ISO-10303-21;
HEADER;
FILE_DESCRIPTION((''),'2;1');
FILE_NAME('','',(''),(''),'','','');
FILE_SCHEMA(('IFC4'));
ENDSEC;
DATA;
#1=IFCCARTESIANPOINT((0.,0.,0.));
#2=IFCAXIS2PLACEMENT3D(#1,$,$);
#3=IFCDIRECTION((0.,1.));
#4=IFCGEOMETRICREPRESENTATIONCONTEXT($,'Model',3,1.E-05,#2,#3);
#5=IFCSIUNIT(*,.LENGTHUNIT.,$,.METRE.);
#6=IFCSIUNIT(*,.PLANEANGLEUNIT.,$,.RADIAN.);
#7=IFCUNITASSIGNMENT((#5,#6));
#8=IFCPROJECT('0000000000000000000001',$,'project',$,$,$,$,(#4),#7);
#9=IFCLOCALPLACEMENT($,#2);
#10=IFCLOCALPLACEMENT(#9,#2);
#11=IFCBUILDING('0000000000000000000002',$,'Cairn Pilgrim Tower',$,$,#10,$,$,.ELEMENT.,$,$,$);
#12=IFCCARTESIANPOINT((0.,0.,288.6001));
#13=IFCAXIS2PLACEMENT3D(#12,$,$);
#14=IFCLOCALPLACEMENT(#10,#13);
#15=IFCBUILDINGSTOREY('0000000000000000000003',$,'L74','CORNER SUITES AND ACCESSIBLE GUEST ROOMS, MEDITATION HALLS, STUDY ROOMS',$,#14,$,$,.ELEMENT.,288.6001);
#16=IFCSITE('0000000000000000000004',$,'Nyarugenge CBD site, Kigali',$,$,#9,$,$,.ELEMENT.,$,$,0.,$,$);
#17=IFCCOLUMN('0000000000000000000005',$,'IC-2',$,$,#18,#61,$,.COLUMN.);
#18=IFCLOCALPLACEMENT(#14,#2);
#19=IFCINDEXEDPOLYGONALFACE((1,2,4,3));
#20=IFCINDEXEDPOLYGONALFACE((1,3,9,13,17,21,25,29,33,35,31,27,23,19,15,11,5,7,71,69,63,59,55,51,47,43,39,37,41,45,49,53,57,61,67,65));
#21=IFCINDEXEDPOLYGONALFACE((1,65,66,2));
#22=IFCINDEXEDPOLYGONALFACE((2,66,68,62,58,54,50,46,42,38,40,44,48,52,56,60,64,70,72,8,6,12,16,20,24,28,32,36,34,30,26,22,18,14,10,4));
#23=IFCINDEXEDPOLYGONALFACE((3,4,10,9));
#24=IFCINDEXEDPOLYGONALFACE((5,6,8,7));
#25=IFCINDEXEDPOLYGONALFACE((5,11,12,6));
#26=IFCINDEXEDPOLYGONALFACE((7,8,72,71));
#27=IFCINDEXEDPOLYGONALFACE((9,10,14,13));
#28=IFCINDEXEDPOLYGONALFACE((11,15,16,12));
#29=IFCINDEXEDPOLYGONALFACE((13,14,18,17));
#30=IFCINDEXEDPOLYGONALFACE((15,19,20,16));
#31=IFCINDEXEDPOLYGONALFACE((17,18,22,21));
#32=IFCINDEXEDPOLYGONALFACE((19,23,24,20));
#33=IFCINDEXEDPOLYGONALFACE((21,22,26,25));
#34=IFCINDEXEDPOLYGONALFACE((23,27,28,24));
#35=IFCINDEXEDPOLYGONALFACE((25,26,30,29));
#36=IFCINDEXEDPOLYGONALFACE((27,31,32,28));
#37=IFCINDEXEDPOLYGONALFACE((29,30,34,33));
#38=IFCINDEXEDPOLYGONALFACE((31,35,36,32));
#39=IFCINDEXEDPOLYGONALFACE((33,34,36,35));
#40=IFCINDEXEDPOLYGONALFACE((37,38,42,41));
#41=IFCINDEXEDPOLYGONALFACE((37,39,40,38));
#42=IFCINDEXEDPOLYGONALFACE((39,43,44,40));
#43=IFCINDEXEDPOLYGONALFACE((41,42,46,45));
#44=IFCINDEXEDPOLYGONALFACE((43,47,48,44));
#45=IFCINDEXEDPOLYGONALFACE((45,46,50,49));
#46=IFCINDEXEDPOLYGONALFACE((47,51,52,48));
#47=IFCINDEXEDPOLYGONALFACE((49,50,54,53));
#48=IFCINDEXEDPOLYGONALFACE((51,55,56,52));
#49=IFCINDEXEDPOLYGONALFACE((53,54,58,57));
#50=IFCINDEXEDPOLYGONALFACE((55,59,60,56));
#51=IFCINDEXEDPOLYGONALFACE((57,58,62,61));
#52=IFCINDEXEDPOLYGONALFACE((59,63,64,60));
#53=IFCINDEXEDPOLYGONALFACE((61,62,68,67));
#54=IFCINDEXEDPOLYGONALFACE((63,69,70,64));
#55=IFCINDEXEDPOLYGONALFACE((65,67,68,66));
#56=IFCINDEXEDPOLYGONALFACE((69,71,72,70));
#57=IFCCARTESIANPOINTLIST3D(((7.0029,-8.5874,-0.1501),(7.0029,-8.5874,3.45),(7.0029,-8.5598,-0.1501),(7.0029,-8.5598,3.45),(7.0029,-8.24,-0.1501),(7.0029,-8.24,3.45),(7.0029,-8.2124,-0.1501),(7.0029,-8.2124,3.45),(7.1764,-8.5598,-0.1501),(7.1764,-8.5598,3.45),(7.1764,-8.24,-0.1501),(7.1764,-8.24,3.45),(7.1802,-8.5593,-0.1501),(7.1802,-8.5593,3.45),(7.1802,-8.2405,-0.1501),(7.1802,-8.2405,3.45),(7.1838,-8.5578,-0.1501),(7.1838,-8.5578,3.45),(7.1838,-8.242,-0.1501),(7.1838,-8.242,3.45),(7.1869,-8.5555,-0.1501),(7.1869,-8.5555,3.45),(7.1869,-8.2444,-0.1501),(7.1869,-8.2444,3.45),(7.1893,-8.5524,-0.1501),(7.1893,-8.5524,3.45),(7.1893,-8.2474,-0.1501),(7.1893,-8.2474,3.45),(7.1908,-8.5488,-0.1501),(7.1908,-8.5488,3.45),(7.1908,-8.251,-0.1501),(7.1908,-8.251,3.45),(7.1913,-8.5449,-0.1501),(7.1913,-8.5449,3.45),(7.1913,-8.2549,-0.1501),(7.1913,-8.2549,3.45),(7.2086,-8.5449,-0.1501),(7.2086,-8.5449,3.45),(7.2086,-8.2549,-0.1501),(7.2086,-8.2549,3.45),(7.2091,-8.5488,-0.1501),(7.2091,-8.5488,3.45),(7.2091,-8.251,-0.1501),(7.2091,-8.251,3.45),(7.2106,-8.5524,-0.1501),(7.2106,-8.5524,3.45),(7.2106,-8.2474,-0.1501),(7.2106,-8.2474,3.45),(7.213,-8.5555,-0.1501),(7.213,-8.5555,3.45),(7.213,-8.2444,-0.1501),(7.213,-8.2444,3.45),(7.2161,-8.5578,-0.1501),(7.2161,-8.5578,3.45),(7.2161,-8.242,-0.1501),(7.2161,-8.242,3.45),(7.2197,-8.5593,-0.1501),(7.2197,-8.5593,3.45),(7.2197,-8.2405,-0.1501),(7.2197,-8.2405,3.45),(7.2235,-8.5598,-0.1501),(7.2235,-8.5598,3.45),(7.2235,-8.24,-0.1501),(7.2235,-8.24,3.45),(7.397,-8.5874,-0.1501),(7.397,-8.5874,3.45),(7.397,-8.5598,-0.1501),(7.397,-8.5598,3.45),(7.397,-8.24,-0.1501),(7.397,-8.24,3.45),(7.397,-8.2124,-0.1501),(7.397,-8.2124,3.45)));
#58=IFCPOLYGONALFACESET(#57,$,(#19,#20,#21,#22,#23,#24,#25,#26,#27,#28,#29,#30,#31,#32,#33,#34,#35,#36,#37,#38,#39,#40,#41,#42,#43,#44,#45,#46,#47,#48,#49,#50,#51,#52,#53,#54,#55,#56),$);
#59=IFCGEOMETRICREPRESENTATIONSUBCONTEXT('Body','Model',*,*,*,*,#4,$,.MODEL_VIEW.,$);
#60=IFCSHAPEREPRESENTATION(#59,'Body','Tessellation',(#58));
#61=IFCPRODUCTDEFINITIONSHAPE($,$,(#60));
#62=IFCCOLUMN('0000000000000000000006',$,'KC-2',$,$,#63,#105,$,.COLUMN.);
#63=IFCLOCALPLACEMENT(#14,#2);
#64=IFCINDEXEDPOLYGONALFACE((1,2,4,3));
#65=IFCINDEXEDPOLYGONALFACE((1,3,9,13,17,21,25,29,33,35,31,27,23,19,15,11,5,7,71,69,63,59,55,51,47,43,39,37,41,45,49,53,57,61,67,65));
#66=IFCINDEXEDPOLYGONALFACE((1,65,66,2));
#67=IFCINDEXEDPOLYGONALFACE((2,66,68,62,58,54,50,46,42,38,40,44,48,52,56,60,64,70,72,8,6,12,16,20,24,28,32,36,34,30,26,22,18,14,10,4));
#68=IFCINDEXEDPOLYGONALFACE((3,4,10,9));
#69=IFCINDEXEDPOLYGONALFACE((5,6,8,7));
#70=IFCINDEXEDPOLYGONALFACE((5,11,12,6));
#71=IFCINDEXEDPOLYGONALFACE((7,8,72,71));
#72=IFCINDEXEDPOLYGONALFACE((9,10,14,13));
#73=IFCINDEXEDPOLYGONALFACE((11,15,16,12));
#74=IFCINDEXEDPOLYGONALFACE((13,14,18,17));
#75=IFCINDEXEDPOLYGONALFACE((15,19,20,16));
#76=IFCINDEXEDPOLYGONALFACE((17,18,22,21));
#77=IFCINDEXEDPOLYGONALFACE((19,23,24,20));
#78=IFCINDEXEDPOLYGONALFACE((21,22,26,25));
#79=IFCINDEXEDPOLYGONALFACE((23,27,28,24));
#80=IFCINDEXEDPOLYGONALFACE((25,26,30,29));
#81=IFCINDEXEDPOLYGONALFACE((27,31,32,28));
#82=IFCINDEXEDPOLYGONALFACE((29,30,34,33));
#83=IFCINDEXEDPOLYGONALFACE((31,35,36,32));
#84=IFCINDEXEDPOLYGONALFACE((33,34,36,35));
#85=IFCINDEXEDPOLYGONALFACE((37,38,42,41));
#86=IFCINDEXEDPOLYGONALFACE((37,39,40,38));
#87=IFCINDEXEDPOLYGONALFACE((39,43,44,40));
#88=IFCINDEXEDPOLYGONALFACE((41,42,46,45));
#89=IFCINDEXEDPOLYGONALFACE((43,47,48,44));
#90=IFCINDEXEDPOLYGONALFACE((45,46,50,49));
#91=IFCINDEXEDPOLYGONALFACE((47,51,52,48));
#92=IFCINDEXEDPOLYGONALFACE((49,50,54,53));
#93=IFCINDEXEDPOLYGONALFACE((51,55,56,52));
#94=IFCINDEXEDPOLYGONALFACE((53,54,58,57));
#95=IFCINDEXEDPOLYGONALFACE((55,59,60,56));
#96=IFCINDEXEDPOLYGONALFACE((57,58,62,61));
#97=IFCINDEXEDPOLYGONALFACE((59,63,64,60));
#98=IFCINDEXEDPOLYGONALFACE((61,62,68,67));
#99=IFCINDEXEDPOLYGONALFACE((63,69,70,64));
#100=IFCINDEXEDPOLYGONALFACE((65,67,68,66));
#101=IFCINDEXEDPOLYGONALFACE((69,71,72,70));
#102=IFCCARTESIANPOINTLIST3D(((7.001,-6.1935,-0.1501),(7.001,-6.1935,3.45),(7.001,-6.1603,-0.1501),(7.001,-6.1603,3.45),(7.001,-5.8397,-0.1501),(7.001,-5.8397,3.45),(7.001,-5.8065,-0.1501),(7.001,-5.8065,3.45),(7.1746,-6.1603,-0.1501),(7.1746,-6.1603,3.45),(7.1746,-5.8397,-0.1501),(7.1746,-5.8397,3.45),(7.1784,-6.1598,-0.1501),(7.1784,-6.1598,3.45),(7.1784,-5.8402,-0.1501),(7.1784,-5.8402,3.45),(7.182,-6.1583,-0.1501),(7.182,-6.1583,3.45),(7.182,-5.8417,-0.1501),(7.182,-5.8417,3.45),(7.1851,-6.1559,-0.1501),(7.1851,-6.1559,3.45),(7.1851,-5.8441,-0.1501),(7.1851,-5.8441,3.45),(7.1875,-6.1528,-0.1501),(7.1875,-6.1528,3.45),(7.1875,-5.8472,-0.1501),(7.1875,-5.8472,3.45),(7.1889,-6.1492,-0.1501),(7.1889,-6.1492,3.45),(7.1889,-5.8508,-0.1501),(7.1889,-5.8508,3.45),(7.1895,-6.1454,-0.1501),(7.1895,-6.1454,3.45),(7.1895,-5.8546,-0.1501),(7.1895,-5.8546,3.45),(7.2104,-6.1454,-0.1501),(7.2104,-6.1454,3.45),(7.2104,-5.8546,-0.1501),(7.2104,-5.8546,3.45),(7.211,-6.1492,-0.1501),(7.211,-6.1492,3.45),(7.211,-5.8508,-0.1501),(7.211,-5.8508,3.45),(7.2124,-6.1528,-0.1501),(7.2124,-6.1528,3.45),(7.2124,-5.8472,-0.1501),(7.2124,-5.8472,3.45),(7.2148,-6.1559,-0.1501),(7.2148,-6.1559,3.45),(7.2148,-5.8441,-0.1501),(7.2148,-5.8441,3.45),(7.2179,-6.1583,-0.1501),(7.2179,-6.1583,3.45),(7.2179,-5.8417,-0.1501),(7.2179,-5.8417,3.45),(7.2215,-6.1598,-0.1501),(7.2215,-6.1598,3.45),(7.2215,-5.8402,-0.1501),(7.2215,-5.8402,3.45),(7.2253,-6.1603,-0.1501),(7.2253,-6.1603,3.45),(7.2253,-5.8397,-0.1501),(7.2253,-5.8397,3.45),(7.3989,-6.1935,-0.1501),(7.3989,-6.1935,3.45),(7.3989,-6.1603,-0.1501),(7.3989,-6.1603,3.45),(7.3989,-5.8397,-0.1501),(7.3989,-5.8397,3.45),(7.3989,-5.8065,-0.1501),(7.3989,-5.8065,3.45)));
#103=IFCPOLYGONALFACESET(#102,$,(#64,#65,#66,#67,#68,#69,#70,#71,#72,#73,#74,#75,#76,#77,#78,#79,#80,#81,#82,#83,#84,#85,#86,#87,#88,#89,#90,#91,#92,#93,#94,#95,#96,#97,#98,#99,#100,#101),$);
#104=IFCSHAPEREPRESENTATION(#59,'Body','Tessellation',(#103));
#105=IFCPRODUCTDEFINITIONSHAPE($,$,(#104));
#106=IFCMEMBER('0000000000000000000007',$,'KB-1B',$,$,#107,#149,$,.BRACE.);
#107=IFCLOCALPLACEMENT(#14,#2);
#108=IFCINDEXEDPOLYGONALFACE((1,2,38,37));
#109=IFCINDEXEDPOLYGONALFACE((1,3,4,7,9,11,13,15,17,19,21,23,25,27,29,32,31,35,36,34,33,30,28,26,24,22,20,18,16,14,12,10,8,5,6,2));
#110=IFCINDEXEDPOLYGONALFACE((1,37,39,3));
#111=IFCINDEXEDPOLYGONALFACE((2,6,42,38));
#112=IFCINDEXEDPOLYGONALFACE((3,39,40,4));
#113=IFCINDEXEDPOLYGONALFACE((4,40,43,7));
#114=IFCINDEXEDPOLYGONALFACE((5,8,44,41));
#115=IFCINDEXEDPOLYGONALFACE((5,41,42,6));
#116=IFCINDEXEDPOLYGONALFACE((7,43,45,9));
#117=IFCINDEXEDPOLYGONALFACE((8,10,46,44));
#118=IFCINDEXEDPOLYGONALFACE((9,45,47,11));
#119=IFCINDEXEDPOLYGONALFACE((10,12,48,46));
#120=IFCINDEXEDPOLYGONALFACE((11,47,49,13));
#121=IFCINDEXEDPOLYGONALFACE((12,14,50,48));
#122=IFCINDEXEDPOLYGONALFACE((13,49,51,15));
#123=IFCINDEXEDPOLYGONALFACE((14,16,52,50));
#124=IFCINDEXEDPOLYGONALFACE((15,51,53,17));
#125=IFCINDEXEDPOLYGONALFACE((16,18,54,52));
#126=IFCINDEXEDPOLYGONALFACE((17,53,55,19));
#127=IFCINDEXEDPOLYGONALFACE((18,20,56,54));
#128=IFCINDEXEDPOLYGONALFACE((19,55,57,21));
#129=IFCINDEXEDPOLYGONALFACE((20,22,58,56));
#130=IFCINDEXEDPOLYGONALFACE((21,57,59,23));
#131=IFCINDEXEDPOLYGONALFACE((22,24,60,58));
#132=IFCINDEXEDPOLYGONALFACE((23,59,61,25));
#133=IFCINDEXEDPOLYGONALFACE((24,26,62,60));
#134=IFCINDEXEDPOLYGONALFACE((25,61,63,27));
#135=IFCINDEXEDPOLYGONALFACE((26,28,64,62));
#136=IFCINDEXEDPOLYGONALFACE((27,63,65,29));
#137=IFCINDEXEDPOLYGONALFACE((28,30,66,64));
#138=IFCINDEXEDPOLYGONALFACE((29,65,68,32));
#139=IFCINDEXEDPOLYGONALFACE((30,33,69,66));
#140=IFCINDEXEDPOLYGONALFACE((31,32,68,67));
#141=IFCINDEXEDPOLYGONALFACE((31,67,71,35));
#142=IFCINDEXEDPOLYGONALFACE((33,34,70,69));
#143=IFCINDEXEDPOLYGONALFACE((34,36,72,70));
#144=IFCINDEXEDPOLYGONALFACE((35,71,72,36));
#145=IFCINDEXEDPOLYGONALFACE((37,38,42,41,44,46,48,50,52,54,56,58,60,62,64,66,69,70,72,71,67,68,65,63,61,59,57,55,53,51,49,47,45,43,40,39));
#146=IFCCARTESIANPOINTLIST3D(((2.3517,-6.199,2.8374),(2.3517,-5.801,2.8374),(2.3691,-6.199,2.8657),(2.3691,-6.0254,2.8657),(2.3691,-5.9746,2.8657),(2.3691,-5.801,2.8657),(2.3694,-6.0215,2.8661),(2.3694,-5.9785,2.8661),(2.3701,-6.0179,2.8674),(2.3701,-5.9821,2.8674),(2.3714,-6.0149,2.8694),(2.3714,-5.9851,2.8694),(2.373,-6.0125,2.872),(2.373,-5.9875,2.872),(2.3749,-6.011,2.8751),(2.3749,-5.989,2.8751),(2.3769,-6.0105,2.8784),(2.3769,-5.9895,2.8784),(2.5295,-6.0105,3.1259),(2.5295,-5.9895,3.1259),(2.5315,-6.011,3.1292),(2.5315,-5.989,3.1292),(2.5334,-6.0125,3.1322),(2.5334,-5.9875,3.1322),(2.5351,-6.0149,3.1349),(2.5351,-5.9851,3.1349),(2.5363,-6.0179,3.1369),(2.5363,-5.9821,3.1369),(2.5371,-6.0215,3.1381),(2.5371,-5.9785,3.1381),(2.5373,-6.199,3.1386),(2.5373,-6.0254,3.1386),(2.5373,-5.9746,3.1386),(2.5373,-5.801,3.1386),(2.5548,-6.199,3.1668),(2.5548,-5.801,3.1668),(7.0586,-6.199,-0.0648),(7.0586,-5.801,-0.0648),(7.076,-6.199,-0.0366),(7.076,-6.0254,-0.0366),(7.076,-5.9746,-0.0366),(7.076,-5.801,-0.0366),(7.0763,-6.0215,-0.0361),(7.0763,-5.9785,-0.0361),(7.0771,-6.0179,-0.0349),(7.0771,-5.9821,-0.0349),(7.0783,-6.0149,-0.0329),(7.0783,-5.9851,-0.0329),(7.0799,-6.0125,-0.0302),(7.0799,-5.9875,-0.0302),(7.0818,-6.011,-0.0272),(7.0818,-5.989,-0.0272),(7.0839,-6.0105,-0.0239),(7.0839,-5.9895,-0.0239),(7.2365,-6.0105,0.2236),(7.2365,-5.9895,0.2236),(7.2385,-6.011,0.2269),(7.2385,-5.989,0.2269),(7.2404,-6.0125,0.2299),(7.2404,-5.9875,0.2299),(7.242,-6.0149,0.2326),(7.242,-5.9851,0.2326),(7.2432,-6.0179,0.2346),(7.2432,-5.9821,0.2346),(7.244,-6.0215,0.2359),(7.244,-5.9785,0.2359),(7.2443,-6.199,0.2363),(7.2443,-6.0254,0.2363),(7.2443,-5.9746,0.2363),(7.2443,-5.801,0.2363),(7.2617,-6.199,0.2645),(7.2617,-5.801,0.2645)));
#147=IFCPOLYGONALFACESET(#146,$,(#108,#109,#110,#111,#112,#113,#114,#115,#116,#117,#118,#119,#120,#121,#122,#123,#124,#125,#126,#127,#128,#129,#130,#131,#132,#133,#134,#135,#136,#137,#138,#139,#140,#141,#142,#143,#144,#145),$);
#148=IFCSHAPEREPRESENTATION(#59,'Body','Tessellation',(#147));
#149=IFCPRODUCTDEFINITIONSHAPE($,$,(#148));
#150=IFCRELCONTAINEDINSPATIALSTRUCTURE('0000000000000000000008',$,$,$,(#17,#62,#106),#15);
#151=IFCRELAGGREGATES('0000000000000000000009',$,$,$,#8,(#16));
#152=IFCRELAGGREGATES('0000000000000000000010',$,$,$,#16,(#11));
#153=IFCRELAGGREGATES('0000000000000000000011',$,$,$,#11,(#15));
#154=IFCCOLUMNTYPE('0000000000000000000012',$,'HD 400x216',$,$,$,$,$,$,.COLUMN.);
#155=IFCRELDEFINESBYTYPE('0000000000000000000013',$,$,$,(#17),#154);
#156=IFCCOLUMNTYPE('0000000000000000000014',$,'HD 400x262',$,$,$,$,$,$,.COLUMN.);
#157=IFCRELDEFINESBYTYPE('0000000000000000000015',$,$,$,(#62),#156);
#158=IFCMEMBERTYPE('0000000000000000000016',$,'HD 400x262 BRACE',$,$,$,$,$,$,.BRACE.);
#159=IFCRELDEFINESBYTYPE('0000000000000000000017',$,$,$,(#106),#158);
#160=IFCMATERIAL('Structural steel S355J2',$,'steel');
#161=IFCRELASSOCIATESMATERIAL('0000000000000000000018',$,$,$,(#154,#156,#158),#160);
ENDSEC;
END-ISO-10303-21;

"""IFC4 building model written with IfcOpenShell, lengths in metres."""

from ifc_helpers import new_model, si_unit, direction, frame, origin, origin_2d, place, context, subcontext, project, spatial, i_section, extrude, material, material_profile, profile_set, type_object, element, save


model = new_model("IFC4")

# Units and contexts
model_context = context("Model", 3, precision=1e-05, world=origin(), true_north=direction((0.0, 1.0)))
body_context = subcontext(model_context, "Body", "Model", "MODEL_VIEW")
ifc_project = project(units=[si_unit("LENGTHUNIT", "METRE"), si_unit("PLANEANGLEUNIT", "RADIAN")], contexts=[model_context])

# Site, building, storey
site_placement = place(None, origin())
site = spatial("IfcSite", under=ifc_project, at=site_placement, Name="Nyarugenge CBD site, Kigali", CompositionType="ELEMENT", RefElevation=0.0)
building_placement = place(site_placement, origin())
building = spatial("IfcBuilding", under=site, at=building_placement, Name="Cairn Pilgrim Tower", CompositionType="ELEMENT")
storey_placement = place(building_placement, frame((0.0, 0.0, 288.6001)))
storey = spatial("IfcBuildingStorey", under=building, at=storey_placement, Name="L74", Description="CORNER SUITES AND ACCESSIBLE GUEST ROOMS, MEDITATION HALLS, STUDY ROOMS", CompositionType="ELEMENT", Elevation=288.6001)

# Columns
ifc_material_1 = material(Name="Structural steel S355J2", Category="steel")
ifc_material_profile_1 = material_profile(ifc_material_1, i_section(OverallWidth=0.394, OverallDepth=0.375, WebThickness=0.0173, FlangeThickness=0.0276, FilletRadius=0.0149, at=origin_2d()), Name="HD 400x216")
ifc_profile_set_1 = profile_set([ifc_material_profile_1], Name="Structural steel S355J2")
column_type_1 = type_object("IfcColumnType", Name="HD 400x216", PredefinedType="COLUMN", material=ifc_profile_set_1)
column_1_placement = place(storey_placement, frame((7.2, -8.3999, -0.1501), z_axis=(0.0, 0.0, 1.0), x_axis=(1.0, 0.0, 0.0)))
element("IfcColumn", 1, at=column_1_placement, inside=storey, type_object=column_type_1, Name="IC-2", PredefinedType="COLUMN", context=body_context, shape_type="SweptSolid", body=[
    extrude(i_section(OverallWidth=0.394, OverallDepth=0.375, WebThickness=0.0173, FlangeThickness=0.0276, FilletRadius=0.0149, at=origin_2d()), origin(), (0.0, 0.0, 1.0), 3.6001),
])
ifc_material_profile_2 = material_profile(ifc_material_1, i_section(OverallWidth=0.3979, OverallDepth=0.387, WebThickness=0.021, FlangeThickness=0.0332, FilletRadius=0.0149, at=origin_2d()), Name="HD 400x262")
ifc_profile_set_2 = profile_set([ifc_material_profile_2], Name="Structural steel S355J2")
column_type_2 = type_object("IfcColumnType", Name="HD 400x262", PredefinedType="COLUMN", material=ifc_profile_set_2)
column_2_placement = place(storey_placement, frame((7.2, -6.0, -0.1501), z_axis=(0.0, 0.0, 1.0), x_axis=(1.0, 0.0, 0.0)))
element("IfcColumn", 2, at=column_2_placement, inside=storey, type_object=column_type_2, Name="KC-2", PredefinedType="COLUMN", context=body_context, shape_type="SweptSolid", body=[
    extrude(i_section(OverallWidth=0.3979, OverallDepth=0.387, WebThickness=0.021, FlangeThickness=0.0332, FilletRadius=0.0149, at=origin_2d()), origin(), (0.0, 0.0, 1.0), 3.6001),
])

# Member
ifc_material_profile_3 = material_profile(ifc_material_1, i_section(OverallWidth=0.3979, OverallDepth=0.387, WebThickness=0.021, FlangeThickness=0.0332, FilletRadius=0.0149, at=origin_2d()), Name="HD 400x262")
ifc_profile_set_3 = profile_set([ifc_material_profile_3], Name="Structural steel S355J2")
member_type = type_object("IfcMemberType", Name="HD 400x262 BRACE", PredefinedType="BRACE", material=ifc_profile_set_3)
member_placement = place(storey_placement, frame((7.1602, -6.0, 0.0999), z_axis=(-0.851197, 0.0, 0.524846), x_axis=(0.0, -1.0, 0.0)))
element("IfcMember", 3, at=member_placement, inside=storey, type_object=member_type, Name="KB-1B", PredefinedType="BRACE", context=body_context, shape_type="SweptSolid", body=[
    extrude(i_section(OverallWidth=0.3979, OverallDepth=0.387, WebThickness=0.021, FlangeThickness=0.0332, FilletRadius=0.0149, at=origin_2d()), origin(), (0.0, 0.0, 1.0), 5.5298),
])

save(model, "model.ifc")
